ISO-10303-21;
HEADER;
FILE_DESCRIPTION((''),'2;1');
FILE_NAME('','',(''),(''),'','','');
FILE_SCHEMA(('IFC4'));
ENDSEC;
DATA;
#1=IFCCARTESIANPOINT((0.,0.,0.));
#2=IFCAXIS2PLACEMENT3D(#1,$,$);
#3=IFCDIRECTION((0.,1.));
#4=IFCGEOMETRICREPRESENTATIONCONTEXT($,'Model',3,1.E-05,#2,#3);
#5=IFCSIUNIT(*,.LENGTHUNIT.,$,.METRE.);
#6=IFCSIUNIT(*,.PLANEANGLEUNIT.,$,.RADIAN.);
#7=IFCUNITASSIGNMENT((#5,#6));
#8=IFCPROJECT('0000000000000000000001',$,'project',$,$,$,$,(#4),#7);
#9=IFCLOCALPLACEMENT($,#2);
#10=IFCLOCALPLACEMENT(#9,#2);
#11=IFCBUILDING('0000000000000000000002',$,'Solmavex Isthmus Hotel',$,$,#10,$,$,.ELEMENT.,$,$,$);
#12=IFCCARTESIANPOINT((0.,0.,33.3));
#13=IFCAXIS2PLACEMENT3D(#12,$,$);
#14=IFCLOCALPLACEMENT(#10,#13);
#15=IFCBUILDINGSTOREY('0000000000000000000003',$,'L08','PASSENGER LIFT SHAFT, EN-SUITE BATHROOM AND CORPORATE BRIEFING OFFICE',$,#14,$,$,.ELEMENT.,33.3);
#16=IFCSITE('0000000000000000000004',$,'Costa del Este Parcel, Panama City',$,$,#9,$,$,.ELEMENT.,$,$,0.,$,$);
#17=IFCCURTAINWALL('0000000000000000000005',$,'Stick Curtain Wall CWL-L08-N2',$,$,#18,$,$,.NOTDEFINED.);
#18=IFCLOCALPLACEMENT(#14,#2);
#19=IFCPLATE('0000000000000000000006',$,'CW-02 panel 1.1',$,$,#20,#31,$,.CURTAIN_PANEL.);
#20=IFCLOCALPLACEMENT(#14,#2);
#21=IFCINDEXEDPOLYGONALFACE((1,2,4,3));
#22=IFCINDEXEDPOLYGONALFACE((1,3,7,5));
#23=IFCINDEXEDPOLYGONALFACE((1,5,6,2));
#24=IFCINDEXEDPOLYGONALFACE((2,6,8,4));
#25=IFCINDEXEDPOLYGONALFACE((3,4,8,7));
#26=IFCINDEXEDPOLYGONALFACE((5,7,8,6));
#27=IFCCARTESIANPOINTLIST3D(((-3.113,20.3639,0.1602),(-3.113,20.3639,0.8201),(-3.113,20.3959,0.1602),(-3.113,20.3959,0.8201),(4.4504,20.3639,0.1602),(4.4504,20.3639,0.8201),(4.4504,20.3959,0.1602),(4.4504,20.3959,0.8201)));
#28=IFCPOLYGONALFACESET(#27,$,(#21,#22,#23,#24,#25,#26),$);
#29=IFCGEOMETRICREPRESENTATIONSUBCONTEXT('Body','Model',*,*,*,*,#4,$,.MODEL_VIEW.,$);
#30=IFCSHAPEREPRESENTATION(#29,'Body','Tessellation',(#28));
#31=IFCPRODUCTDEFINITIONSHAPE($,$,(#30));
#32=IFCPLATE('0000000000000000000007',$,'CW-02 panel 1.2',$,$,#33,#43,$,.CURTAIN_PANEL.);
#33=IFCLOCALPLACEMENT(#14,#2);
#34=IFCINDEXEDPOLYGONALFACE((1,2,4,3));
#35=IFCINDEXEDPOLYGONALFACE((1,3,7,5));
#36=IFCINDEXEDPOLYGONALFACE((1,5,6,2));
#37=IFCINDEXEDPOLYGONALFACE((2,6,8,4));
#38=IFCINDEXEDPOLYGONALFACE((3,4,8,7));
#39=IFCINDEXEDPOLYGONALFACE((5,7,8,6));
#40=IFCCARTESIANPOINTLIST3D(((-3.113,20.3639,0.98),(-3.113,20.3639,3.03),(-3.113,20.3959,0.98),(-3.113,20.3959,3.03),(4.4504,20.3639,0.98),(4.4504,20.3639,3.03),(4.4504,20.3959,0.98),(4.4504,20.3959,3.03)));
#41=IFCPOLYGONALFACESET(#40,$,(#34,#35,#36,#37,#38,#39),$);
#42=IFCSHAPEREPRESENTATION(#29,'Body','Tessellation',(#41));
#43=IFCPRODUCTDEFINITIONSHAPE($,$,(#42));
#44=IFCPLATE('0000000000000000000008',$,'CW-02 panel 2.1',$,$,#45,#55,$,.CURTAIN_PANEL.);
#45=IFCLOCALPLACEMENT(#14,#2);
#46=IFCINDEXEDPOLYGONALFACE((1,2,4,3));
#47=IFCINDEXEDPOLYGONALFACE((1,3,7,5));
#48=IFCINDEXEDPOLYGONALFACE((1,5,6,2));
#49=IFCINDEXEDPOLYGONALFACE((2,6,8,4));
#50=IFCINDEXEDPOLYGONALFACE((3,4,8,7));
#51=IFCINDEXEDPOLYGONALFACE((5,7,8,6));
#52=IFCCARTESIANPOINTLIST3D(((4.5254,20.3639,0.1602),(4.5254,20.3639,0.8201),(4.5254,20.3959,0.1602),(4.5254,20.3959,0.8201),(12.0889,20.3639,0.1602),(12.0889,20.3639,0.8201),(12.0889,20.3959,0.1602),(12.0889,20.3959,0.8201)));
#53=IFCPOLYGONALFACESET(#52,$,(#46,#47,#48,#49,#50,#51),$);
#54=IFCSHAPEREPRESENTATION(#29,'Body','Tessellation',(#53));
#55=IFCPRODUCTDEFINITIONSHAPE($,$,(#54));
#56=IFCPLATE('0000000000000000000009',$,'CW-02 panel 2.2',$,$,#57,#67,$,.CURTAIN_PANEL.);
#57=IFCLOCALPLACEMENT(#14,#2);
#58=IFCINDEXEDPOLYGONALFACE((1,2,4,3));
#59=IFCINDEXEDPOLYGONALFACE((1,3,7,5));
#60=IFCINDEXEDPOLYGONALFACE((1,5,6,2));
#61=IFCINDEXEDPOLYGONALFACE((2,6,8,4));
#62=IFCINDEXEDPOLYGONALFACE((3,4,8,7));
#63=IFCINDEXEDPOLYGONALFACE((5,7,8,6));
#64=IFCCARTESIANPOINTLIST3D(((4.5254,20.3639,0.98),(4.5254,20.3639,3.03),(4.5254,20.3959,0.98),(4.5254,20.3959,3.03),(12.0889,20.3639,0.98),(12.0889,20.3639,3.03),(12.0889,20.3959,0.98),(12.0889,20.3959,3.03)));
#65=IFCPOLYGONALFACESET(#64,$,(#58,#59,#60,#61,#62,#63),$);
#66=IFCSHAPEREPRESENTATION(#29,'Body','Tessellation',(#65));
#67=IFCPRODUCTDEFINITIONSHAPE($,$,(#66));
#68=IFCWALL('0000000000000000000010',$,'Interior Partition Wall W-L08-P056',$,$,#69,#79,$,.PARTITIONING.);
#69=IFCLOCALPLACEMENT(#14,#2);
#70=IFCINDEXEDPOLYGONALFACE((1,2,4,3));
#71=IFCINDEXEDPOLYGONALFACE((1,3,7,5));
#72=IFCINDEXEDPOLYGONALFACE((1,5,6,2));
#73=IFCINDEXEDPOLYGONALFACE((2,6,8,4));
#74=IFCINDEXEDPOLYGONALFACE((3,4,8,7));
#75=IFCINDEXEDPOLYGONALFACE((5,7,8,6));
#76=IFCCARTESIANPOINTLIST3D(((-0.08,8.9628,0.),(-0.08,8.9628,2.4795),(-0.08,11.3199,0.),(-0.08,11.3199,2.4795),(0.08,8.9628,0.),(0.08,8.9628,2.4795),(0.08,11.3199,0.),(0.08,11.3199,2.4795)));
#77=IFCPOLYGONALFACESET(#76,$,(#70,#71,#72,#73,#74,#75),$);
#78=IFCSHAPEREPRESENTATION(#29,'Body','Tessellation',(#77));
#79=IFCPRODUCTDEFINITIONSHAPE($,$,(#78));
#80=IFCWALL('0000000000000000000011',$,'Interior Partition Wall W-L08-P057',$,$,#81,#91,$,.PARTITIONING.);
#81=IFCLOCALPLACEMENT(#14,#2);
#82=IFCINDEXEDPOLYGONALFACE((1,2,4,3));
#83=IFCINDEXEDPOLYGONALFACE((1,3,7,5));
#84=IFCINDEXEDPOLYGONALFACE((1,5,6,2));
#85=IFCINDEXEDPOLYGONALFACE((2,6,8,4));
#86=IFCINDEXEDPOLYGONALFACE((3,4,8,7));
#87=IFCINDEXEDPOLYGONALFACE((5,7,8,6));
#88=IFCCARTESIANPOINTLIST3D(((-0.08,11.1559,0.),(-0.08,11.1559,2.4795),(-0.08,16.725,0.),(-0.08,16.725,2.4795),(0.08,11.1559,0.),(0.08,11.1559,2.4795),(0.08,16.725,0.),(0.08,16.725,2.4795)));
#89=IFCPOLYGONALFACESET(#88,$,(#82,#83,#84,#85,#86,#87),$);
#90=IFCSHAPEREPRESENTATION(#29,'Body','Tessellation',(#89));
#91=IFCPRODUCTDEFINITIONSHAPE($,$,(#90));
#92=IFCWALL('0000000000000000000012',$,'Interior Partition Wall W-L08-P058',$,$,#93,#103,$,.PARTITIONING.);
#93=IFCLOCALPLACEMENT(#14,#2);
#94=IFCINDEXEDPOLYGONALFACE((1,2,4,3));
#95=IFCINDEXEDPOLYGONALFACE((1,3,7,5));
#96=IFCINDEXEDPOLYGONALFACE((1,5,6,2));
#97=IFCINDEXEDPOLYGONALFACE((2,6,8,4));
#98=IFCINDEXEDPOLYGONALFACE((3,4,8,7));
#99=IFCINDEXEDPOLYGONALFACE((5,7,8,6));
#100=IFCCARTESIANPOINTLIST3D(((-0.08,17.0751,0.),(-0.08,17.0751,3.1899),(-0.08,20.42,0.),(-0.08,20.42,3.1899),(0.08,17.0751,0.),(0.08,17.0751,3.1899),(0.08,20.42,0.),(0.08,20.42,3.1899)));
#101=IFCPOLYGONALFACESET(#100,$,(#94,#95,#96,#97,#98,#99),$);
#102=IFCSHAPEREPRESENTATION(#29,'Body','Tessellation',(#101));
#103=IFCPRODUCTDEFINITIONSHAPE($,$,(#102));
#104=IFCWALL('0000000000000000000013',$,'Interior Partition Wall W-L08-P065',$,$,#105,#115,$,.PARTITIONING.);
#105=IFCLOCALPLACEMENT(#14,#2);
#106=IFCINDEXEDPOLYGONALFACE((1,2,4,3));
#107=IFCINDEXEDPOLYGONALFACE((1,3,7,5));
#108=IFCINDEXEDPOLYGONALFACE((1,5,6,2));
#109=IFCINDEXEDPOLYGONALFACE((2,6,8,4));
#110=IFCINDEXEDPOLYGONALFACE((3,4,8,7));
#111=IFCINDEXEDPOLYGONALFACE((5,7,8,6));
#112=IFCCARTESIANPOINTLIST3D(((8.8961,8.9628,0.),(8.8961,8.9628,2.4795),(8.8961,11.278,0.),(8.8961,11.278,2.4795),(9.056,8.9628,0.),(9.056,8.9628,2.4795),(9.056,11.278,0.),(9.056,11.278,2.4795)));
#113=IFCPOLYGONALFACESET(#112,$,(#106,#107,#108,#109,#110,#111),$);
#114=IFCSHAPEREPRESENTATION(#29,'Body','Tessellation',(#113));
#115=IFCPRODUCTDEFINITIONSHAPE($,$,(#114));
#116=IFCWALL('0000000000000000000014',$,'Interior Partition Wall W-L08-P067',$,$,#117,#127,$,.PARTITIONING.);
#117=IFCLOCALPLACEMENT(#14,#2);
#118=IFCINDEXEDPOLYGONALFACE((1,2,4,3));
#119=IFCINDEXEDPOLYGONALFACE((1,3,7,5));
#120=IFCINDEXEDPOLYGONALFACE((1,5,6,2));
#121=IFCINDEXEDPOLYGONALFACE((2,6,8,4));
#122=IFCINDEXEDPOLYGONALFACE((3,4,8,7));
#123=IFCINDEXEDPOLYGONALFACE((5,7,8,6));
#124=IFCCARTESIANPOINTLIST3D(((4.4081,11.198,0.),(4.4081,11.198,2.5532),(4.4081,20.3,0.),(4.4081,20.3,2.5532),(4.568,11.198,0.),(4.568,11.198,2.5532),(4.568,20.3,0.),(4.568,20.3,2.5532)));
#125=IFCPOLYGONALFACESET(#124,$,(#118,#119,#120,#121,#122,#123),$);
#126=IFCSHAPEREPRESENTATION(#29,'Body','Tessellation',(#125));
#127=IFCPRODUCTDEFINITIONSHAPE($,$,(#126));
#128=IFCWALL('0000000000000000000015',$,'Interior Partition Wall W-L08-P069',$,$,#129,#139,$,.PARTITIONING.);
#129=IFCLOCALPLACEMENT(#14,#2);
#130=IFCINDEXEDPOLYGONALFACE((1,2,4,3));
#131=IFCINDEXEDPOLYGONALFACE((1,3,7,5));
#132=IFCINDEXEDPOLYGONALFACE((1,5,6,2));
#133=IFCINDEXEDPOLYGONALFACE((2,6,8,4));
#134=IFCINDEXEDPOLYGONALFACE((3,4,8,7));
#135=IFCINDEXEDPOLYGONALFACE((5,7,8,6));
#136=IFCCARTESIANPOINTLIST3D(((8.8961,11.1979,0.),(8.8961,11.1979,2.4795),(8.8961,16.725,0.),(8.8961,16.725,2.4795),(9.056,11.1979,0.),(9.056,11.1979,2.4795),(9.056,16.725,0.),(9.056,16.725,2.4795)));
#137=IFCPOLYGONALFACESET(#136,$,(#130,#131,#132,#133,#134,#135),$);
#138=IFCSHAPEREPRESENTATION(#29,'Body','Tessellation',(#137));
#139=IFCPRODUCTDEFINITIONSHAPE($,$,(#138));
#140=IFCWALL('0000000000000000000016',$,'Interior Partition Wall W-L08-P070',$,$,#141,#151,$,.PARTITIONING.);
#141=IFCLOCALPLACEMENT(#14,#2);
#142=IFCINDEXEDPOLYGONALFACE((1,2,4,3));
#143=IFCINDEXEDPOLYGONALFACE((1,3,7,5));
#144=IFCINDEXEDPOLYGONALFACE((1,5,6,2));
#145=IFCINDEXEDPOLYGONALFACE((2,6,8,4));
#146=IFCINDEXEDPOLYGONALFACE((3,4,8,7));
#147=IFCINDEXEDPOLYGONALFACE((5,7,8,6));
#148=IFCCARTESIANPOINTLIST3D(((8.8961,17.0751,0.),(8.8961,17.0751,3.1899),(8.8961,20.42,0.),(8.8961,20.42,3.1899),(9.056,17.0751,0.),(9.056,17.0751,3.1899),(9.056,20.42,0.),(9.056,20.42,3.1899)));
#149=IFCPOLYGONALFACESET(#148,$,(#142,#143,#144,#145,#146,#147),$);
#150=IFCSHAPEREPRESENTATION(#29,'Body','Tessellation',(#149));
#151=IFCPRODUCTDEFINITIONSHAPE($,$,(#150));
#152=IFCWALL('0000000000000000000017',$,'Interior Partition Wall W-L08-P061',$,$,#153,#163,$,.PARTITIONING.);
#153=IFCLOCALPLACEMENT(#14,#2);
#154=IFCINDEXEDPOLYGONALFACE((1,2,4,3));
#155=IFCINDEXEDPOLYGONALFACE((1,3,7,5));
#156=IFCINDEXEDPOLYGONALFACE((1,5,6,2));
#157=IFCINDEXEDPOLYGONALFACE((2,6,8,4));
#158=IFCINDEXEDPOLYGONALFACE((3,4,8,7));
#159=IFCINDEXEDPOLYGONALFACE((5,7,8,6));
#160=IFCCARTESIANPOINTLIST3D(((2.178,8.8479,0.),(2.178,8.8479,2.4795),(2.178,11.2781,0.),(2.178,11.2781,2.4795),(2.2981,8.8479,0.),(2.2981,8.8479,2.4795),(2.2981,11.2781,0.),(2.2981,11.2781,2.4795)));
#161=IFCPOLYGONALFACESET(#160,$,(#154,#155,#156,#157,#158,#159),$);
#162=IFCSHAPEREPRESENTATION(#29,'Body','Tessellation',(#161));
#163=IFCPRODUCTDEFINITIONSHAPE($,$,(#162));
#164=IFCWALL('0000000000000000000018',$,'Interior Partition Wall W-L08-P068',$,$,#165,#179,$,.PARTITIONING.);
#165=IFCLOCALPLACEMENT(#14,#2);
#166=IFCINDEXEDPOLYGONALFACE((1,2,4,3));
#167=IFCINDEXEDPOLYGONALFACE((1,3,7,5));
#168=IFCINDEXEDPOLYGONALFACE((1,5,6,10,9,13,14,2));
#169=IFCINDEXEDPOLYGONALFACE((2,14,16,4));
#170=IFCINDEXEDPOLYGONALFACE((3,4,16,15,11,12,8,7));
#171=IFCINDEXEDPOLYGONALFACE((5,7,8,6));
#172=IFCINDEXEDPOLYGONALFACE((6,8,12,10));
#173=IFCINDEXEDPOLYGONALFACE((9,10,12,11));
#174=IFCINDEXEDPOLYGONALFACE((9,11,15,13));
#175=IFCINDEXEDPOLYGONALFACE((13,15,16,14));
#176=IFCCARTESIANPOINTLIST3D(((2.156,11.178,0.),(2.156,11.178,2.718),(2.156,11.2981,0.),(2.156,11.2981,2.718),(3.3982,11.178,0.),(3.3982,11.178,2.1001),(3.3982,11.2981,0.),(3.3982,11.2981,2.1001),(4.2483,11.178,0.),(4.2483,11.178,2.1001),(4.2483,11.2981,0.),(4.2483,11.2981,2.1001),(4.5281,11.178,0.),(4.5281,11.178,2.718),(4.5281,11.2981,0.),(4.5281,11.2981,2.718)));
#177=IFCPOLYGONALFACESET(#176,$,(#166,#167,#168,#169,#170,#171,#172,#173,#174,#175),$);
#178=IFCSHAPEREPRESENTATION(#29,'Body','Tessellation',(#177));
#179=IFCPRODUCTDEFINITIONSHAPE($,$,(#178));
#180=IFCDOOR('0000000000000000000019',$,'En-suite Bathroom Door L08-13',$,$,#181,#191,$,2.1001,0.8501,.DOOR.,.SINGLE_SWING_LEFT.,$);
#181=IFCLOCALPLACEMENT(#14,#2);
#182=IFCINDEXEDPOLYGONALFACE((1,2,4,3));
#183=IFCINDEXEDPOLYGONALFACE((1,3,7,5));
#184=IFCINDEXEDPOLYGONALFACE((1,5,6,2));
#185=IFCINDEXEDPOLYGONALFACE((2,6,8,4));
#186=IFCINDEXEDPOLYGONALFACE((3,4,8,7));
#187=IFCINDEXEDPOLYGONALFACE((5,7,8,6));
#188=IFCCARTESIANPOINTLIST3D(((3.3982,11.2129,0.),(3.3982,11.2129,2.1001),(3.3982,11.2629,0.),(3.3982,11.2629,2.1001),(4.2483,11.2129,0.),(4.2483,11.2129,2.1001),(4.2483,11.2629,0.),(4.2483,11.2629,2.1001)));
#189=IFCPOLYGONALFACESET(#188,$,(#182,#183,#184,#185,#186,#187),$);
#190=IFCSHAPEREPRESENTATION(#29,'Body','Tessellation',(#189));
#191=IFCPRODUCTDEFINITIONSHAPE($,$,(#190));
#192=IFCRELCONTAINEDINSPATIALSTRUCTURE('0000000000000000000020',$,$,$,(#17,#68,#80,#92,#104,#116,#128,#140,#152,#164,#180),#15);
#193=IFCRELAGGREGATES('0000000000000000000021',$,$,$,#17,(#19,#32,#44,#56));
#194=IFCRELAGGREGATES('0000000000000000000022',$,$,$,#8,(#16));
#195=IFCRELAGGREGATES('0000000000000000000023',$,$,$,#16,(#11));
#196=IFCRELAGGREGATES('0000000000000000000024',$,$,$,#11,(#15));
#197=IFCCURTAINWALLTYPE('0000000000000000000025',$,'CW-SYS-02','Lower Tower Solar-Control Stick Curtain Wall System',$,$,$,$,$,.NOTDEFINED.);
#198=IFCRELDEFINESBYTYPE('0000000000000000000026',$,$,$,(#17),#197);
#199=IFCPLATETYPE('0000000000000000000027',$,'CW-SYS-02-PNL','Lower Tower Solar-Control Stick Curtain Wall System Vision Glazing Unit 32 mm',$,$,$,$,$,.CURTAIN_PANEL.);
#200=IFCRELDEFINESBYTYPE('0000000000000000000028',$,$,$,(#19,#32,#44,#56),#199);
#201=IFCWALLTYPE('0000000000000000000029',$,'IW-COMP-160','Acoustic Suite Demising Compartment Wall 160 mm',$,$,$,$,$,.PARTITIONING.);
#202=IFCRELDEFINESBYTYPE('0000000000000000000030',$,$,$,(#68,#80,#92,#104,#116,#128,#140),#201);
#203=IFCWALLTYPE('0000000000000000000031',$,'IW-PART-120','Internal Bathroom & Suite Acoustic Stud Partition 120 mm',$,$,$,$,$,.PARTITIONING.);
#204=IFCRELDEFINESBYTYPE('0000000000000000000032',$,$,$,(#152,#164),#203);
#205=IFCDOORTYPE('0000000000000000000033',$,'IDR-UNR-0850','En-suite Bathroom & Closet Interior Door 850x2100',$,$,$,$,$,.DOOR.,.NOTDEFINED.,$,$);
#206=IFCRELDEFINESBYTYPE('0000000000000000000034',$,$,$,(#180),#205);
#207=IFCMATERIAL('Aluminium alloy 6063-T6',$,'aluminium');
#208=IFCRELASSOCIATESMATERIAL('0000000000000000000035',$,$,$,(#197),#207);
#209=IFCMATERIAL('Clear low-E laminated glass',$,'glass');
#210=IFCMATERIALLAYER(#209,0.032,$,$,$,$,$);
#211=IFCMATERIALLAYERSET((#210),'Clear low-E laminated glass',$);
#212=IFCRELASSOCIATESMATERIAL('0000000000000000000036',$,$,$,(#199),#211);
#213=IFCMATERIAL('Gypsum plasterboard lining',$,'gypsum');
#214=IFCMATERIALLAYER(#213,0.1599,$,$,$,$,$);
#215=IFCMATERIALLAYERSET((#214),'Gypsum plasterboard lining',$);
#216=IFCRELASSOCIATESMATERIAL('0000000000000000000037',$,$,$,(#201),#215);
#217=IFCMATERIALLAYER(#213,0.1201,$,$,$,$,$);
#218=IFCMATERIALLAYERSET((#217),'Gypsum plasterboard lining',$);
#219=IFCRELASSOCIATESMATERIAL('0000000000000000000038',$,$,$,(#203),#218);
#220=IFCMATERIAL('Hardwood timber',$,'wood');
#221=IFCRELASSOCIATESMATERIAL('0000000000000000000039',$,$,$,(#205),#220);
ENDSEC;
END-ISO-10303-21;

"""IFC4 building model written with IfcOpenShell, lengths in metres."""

from ifc_helpers import new_model, si_unit, direction, frame, frame_2d, origin, origin_2d, place, context, subcontext, project, spatial, rectangle, extrude, material, layer, layer_set, type_object, element, fill, aggregate, save


model = new_model("IFC4")

# Units and contexts
model_context = context("Model", 3, precision=1e-05, world=origin(), true_north=direction((0.0, 1.0)))
body_context = subcontext(model_context, "Body", "Model", "MODEL_VIEW")
ifc_project = project(units=[si_unit("LENGTHUNIT", "METRE"), si_unit("PLANEANGLEUNIT", "RADIAN")], contexts=[model_context])

# Site, building, storey
site_placement = place(None, origin())
site = spatial("IfcSite", under=ifc_project, at=site_placement, Name="Costa del Este Parcel, Panama City", CompositionType="ELEMENT", RefElevation=0.0)
building_placement = place(site_placement, origin())
building = spatial("IfcBuilding", under=site, at=building_placement, Name="Solmavex Isthmus Hotel", CompositionType="ELEMENT")
storey_placement = place(building_placement, frame((0.0, 0.0, 33.3)))
storey = spatial("IfcBuildingStorey", under=building, at=storey_placement, Name="L08", Description="PASSENGER LIFT SHAFT, EN-SUITE BATHROOM AND CORPORATE BRIEFING OFFICE", CompositionType="ELEMENT", Elevation=33.3)

# Curtain wall
ifc_material_1 = material(Name="Aluminium alloy 6063-T6", Category="aluminium")
curtain_wall_type = type_object("IfcCurtainWallType", Name="CW-SYS-02", Description="Lower Tower Solar-Control Stick Curtain Wall System", PredefinedType="NOTDEFINED", material=ifc_material_1)
curtain_wall_1_placement = place(storey_placement, origin())
curtain_wall_1 = element("IfcCurtainWall", 1, at=curtain_wall_1_placement, inside=storey, type_object=curtain_wall_type, Name="Stick Curtain Wall CWL-L08-N2", PredefinedType="NOTDEFINED")

# Plates
ifc_material_2 = material(Name="Clear low-E laminated glass", Category="glass")
ifc_layer_1 = layer(ifc_material_2, 0.032)
ifc_layer_set_1 = layer_set([ifc_layer_1], Name="Clear low-E laminated glass")
plate_type = type_object("IfcPlateType", Name="CW-SYS-02-PNL", Description="Lower Tower Solar-Control Stick Curtain Wall System Vision Glazing Unit 32 mm", PredefinedType="CURTAIN_PANEL", material=ifc_layer_set_1)
plate_1_placement = place(storey_placement, frame((0.6687, 20.3799, 0.1602), z_axis=(0.0, 0.0, 1.0), x_axis=(1.0, 0.0, 0.0)))
plate_1 = element("IfcPlate", 2, at=plate_1_placement, type_object=plate_type, Name="CW-02 panel 1.1", PredefinedType="CURTAIN_PANEL", context=body_context, shape_type="SweptSolid", body=[
    extrude(rectangle(XDim=7.5635, YDim=0.032, at=origin_2d()), origin(), (0.0, 0.0, 1.0), 0.6599),
])
plate_2_placement = place(storey_placement, frame((0.6687, 20.3799, 0.98), z_axis=(0.0, 0.0, 1.0), x_axis=(1.0, 0.0, 0.0)))
plate_2 = element("IfcPlate", 3, at=plate_2_placement, type_object=plate_type, Name="CW-02 panel 1.2", PredefinedType="CURTAIN_PANEL", context=body_context, shape_type="SweptSolid", body=[
    extrude(rectangle(XDim=7.5635, YDim=0.032, at=origin_2d()), origin(), (0.0, 0.0, 1.0), 2.05),
])
plate_3_placement = place(storey_placement, frame((8.3071, 20.3799, 0.1602), z_axis=(0.0, 0.0, 1.0), x_axis=(1.0, 0.0, 0.0)))
plate_3 = element("IfcPlate", 4, at=plate_3_placement, type_object=plate_type, Name="CW-02 panel 2.1", PredefinedType="CURTAIN_PANEL", context=body_context, shape_type="SweptSolid", body=[
    extrude(rectangle(XDim=7.5635, YDim=0.032, at=origin_2d()), origin(), (0.0, 0.0, 1.0), 0.6599),
])
plate_4_placement = place(storey_placement, frame((8.3071, 20.3799, 0.98), z_axis=(0.0, 0.0, 1.0), x_axis=(1.0, 0.0, 0.0)))
plate_4 = element("IfcPlate", 5, at=plate_4_placement, type_object=plate_type, Name="CW-02 panel 2.2", PredefinedType="CURTAIN_PANEL", context=body_context, shape_type="SweptSolid", body=[
    extrude(rectangle(XDim=7.5635, YDim=0.032, at=origin_2d()), origin(), (0.0, 0.0, 1.0), 2.05),
])
aggregate(curtain_wall_1, [plate_1, plate_2, plate_3, plate_4])

# Walls
ifc_material_3 = material(Name="Gypsum plasterboard lining", Category="gypsum")
ifc_layer_2 = layer(ifc_material_3, 0.1599)
ifc_layer_set_2 = layer_set([ifc_layer_2], Name="Gypsum plasterboard lining")
wall_type_1 = type_object("IfcWallType", Name="IW-COMP-160", Description="Acoustic Suite Demising Compartment Wall 160 mm", PredefinedType="PARTITIONING", material=ifc_layer_set_2)
wall_1_placement = place(storey_placement, frame((0.0, 11.3201, 0.0), z_axis=(0.0, 0.0, 1.0), x_axis=(0.0, -1.0, 0.0)))
element("IfcWall", 6, at=wall_1_placement, inside=storey, type_object=wall_type_1, Name="Interior Partition Wall W-L08-P056", PredefinedType="PARTITIONING", context=body_context, shape_type="SweptSolid", body=[
    extrude(rectangle(XDim=2.3572, YDim=0.1599, at=frame_2d((1.1787, 0.0))), origin(), (0.0, 0.0, 1.0), 2.4795),
])
wall_2_placement = place(storey_placement, frame((0.0, 16.7251, 0.0), z_axis=(0.0, 0.0, 1.0), x_axis=(0.0, -1.0, 0.0)))
element("IfcWall", 7, at=wall_2_placement, inside=storey, type_object=wall_type_1, Name="Interior Partition Wall W-L08-P057", PredefinedType="PARTITIONING", context=body_context, shape_type="SweptSolid", body=[
    extrude(rectangle(XDim=5.5691, YDim=0.1599, at=frame_2d((2.7847, 0.0))), origin(), (0.0, 0.0, 1.0), 2.4795),
])
wall_3_placement = place(storey_placement, frame((0.0, 20.4199, 0.0), z_axis=(0.0, 0.0, 1.0), x_axis=(0.0, -1.0, 0.0)))
element("IfcWall", 8, at=wall_3_placement, inside=storey, type_object=wall_type_1, Name="Interior Partition Wall W-L08-P058", PredefinedType="PARTITIONING", context=body_context, shape_type="SweptSolid", body=[
    extrude(rectangle(XDim=3.345, YDim=0.1599, at=frame_2d((1.6724, 0.0))), origin(), (0.0, 0.0, 1.0), 3.1899),
])

# Shared definitions
ifc_material_4 = material(Name="Hardwood timber", Category="wood")

# Walls
wall_4_placement = place(storey_placement, frame((8.9761, 11.2781, 0.0), z_axis=(0.0, 0.0, 1.0), x_axis=(0.0, -1.0, 0.0)))
element("IfcWall", 9, at=wall_4_placement, inside=storey, type_object=wall_type_1, Name="Interior Partition Wall W-L08-P065", PredefinedType="PARTITIONING", context=body_context, shape_type="SweptSolid", body=[
    extrude(rectangle(XDim=2.3152, YDim=0.1599, at=frame_2d((1.1577, 0.0))), origin(), (0.0, 0.0, 1.0), 2.4795),
])
wall_5_placement = place(storey_placement, frame((4.488, 20.3, 0.0), z_axis=(0.0, 0.0, 1.0), x_axis=(0.0, -1.0, 0.0)))
element("IfcWall", 10, at=wall_5_placement, inside=storey, type_object=wall_type_1, Name="Interior Partition Wall W-L08-P067", PredefinedType="PARTITIONING", context=body_context, shape_type="SweptSolid", body=[
    extrude(rectangle(XDim=9.1021, YDim=0.1599, at=frame_2d((4.551, 0.0))), origin(), (0.0, 0.0, 1.0), 2.5532),
])
wall_6_placement = place(storey_placement, frame((8.9761, 16.7251, 0.0), z_axis=(0.0, 0.0, 1.0), x_axis=(0.0, -1.0, 0.0)))
element("IfcWall", 11, at=wall_6_placement, inside=storey, type_object=wall_type_1, Name="Interior Partition Wall W-L08-P069", PredefinedType="PARTITIONING", context=body_context, shape_type="SweptSolid", body=[
    extrude(rectangle(XDim=5.5271, YDim=0.1599, at=frame_2d((2.7637, 0.0))), origin(), (0.0, 0.0, 1.0), 2.4795),
])
wall_7_placement = place(storey_placement, frame((8.9761, 20.4199, 0.0), z_axis=(0.0, 0.0, 1.0), x_axis=(0.0, -1.0, 0.0)))
element("IfcWall", 12, at=wall_7_placement, inside=storey, type_object=wall_type_1, Name="Interior Partition Wall W-L08-P070", PredefinedType="PARTITIONING", context=body_context, shape_type="SweptSolid", body=[
    extrude(rectangle(XDim=3.345, YDim=0.1599, at=frame_2d((1.6724, 0.0))), origin(), (0.0, 0.0, 1.0), 3.1899),
])
ifc_layer_3 = layer(ifc_material_3, 0.1201)
ifc_layer_set_3 = layer_set([ifc_layer_3], Name="Gypsum plasterboard lining")
wall_type_2 = type_object("IfcWallType", Name="IW-PART-120", Description="Internal Bathroom & Suite Acoustic Stud Partition 120 mm", PredefinedType="PARTITIONING", material=ifc_layer_set_3)
wall_8_placement = place(storey_placement, frame((2.238, 11.2781, 0.0), z_axis=(0.0, 0.0, 1.0), x_axis=(0.0, -1.0, 0.0)))
element("IfcWall", 13, at=wall_8_placement, inside=storey, type_object=wall_type_2, Name="Interior Partition Wall W-L08-P061", PredefinedType="PARTITIONING", context=body_context, shape_type="SweptSolid", body=[
    extrude(rectangle(XDim=2.4302, YDim=0.1201, at=frame_2d((1.2151, 0.0))), origin(), (0.0, 0.0, 1.0), 2.4795),
])

# Wall, opening, door
wall_9_placement = place(storey_placement, frame((4.5281, 11.238, 0.0), z_axis=(0.0, 0.0, 1.0), x_axis=(-1.0, 0.0, 0.0)))
wall_9 = element("IfcWall", 14, at=wall_9_placement, inside=storey, type_object=wall_type_2, Name="Interior Partition Wall W-L08-P068", PredefinedType="PARTITIONING", context=body_context, shape_type="SweptSolid", body=[
    extrude(rectangle(XDim=2.3721, YDim=0.1201, at=frame_2d((1.186, 0.0))), origin(), (0.0, 0.0, 1.0), 2.718),
])
opening_1_placement = place(wall_9_placement, frame((0.2798, 0.0, 0.0)))
opening_1 = element("IfcOpeningElement", 15, at=opening_1_placement, cuts=wall_9, PredefinedType="OPENING", context=body_context, shape_type="SweptSolid", body=[
    extrude(rectangle(XDim=0.8501, YDim=2.1001, at=frame_2d((0.425, 1.05))), frame((0.0, 0.0701, 0.0), z_axis=(0.0, -1.0, 0.0), x_axis=(1.0, 0.0, 0.0)), (0.0, 0.0, 1.0), 0.1401),
])
door_type_1 = type_object("IfcDoorType", Name="IDR-UNR-0850", Description="En-suite Bathroom & Closet Interior Door 850x2100", OperationType="NOTDEFINED", PredefinedType="DOOR", material=ifc_material_4)
door_1_placement = place(opening_1_placement, frame((0.8501, 0.0, 0.0), z_axis=(0.0, 0.0, 1.0), x_axis=(-1.0, 0.0, 0.0)))
door_1 = element("IfcDoor", 16, at=door_1_placement, inside=storey, type_object=door_type_1, Name="En-suite Bathroom Door L08-13", OperationType="SINGLE_SWING_LEFT", OverallHeight=2.1001, OverallWidth=0.8501, PredefinedType="DOOR", context=body_context, shape_type="SweptSolid", body=[
    extrude(rectangle(XDim=0.8501, YDim=2.1001, at=frame_2d((0.425, 1.05))), frame((0.0, 0.0249, 0.0), z_axis=(0.0, -1.0, 0.0), x_axis=(1.0, 0.0, 0.0)), (0.0, 0.0, 1.0), 0.05),
])
fill(opening_1, door_1)

save(model, "model.ifc")
